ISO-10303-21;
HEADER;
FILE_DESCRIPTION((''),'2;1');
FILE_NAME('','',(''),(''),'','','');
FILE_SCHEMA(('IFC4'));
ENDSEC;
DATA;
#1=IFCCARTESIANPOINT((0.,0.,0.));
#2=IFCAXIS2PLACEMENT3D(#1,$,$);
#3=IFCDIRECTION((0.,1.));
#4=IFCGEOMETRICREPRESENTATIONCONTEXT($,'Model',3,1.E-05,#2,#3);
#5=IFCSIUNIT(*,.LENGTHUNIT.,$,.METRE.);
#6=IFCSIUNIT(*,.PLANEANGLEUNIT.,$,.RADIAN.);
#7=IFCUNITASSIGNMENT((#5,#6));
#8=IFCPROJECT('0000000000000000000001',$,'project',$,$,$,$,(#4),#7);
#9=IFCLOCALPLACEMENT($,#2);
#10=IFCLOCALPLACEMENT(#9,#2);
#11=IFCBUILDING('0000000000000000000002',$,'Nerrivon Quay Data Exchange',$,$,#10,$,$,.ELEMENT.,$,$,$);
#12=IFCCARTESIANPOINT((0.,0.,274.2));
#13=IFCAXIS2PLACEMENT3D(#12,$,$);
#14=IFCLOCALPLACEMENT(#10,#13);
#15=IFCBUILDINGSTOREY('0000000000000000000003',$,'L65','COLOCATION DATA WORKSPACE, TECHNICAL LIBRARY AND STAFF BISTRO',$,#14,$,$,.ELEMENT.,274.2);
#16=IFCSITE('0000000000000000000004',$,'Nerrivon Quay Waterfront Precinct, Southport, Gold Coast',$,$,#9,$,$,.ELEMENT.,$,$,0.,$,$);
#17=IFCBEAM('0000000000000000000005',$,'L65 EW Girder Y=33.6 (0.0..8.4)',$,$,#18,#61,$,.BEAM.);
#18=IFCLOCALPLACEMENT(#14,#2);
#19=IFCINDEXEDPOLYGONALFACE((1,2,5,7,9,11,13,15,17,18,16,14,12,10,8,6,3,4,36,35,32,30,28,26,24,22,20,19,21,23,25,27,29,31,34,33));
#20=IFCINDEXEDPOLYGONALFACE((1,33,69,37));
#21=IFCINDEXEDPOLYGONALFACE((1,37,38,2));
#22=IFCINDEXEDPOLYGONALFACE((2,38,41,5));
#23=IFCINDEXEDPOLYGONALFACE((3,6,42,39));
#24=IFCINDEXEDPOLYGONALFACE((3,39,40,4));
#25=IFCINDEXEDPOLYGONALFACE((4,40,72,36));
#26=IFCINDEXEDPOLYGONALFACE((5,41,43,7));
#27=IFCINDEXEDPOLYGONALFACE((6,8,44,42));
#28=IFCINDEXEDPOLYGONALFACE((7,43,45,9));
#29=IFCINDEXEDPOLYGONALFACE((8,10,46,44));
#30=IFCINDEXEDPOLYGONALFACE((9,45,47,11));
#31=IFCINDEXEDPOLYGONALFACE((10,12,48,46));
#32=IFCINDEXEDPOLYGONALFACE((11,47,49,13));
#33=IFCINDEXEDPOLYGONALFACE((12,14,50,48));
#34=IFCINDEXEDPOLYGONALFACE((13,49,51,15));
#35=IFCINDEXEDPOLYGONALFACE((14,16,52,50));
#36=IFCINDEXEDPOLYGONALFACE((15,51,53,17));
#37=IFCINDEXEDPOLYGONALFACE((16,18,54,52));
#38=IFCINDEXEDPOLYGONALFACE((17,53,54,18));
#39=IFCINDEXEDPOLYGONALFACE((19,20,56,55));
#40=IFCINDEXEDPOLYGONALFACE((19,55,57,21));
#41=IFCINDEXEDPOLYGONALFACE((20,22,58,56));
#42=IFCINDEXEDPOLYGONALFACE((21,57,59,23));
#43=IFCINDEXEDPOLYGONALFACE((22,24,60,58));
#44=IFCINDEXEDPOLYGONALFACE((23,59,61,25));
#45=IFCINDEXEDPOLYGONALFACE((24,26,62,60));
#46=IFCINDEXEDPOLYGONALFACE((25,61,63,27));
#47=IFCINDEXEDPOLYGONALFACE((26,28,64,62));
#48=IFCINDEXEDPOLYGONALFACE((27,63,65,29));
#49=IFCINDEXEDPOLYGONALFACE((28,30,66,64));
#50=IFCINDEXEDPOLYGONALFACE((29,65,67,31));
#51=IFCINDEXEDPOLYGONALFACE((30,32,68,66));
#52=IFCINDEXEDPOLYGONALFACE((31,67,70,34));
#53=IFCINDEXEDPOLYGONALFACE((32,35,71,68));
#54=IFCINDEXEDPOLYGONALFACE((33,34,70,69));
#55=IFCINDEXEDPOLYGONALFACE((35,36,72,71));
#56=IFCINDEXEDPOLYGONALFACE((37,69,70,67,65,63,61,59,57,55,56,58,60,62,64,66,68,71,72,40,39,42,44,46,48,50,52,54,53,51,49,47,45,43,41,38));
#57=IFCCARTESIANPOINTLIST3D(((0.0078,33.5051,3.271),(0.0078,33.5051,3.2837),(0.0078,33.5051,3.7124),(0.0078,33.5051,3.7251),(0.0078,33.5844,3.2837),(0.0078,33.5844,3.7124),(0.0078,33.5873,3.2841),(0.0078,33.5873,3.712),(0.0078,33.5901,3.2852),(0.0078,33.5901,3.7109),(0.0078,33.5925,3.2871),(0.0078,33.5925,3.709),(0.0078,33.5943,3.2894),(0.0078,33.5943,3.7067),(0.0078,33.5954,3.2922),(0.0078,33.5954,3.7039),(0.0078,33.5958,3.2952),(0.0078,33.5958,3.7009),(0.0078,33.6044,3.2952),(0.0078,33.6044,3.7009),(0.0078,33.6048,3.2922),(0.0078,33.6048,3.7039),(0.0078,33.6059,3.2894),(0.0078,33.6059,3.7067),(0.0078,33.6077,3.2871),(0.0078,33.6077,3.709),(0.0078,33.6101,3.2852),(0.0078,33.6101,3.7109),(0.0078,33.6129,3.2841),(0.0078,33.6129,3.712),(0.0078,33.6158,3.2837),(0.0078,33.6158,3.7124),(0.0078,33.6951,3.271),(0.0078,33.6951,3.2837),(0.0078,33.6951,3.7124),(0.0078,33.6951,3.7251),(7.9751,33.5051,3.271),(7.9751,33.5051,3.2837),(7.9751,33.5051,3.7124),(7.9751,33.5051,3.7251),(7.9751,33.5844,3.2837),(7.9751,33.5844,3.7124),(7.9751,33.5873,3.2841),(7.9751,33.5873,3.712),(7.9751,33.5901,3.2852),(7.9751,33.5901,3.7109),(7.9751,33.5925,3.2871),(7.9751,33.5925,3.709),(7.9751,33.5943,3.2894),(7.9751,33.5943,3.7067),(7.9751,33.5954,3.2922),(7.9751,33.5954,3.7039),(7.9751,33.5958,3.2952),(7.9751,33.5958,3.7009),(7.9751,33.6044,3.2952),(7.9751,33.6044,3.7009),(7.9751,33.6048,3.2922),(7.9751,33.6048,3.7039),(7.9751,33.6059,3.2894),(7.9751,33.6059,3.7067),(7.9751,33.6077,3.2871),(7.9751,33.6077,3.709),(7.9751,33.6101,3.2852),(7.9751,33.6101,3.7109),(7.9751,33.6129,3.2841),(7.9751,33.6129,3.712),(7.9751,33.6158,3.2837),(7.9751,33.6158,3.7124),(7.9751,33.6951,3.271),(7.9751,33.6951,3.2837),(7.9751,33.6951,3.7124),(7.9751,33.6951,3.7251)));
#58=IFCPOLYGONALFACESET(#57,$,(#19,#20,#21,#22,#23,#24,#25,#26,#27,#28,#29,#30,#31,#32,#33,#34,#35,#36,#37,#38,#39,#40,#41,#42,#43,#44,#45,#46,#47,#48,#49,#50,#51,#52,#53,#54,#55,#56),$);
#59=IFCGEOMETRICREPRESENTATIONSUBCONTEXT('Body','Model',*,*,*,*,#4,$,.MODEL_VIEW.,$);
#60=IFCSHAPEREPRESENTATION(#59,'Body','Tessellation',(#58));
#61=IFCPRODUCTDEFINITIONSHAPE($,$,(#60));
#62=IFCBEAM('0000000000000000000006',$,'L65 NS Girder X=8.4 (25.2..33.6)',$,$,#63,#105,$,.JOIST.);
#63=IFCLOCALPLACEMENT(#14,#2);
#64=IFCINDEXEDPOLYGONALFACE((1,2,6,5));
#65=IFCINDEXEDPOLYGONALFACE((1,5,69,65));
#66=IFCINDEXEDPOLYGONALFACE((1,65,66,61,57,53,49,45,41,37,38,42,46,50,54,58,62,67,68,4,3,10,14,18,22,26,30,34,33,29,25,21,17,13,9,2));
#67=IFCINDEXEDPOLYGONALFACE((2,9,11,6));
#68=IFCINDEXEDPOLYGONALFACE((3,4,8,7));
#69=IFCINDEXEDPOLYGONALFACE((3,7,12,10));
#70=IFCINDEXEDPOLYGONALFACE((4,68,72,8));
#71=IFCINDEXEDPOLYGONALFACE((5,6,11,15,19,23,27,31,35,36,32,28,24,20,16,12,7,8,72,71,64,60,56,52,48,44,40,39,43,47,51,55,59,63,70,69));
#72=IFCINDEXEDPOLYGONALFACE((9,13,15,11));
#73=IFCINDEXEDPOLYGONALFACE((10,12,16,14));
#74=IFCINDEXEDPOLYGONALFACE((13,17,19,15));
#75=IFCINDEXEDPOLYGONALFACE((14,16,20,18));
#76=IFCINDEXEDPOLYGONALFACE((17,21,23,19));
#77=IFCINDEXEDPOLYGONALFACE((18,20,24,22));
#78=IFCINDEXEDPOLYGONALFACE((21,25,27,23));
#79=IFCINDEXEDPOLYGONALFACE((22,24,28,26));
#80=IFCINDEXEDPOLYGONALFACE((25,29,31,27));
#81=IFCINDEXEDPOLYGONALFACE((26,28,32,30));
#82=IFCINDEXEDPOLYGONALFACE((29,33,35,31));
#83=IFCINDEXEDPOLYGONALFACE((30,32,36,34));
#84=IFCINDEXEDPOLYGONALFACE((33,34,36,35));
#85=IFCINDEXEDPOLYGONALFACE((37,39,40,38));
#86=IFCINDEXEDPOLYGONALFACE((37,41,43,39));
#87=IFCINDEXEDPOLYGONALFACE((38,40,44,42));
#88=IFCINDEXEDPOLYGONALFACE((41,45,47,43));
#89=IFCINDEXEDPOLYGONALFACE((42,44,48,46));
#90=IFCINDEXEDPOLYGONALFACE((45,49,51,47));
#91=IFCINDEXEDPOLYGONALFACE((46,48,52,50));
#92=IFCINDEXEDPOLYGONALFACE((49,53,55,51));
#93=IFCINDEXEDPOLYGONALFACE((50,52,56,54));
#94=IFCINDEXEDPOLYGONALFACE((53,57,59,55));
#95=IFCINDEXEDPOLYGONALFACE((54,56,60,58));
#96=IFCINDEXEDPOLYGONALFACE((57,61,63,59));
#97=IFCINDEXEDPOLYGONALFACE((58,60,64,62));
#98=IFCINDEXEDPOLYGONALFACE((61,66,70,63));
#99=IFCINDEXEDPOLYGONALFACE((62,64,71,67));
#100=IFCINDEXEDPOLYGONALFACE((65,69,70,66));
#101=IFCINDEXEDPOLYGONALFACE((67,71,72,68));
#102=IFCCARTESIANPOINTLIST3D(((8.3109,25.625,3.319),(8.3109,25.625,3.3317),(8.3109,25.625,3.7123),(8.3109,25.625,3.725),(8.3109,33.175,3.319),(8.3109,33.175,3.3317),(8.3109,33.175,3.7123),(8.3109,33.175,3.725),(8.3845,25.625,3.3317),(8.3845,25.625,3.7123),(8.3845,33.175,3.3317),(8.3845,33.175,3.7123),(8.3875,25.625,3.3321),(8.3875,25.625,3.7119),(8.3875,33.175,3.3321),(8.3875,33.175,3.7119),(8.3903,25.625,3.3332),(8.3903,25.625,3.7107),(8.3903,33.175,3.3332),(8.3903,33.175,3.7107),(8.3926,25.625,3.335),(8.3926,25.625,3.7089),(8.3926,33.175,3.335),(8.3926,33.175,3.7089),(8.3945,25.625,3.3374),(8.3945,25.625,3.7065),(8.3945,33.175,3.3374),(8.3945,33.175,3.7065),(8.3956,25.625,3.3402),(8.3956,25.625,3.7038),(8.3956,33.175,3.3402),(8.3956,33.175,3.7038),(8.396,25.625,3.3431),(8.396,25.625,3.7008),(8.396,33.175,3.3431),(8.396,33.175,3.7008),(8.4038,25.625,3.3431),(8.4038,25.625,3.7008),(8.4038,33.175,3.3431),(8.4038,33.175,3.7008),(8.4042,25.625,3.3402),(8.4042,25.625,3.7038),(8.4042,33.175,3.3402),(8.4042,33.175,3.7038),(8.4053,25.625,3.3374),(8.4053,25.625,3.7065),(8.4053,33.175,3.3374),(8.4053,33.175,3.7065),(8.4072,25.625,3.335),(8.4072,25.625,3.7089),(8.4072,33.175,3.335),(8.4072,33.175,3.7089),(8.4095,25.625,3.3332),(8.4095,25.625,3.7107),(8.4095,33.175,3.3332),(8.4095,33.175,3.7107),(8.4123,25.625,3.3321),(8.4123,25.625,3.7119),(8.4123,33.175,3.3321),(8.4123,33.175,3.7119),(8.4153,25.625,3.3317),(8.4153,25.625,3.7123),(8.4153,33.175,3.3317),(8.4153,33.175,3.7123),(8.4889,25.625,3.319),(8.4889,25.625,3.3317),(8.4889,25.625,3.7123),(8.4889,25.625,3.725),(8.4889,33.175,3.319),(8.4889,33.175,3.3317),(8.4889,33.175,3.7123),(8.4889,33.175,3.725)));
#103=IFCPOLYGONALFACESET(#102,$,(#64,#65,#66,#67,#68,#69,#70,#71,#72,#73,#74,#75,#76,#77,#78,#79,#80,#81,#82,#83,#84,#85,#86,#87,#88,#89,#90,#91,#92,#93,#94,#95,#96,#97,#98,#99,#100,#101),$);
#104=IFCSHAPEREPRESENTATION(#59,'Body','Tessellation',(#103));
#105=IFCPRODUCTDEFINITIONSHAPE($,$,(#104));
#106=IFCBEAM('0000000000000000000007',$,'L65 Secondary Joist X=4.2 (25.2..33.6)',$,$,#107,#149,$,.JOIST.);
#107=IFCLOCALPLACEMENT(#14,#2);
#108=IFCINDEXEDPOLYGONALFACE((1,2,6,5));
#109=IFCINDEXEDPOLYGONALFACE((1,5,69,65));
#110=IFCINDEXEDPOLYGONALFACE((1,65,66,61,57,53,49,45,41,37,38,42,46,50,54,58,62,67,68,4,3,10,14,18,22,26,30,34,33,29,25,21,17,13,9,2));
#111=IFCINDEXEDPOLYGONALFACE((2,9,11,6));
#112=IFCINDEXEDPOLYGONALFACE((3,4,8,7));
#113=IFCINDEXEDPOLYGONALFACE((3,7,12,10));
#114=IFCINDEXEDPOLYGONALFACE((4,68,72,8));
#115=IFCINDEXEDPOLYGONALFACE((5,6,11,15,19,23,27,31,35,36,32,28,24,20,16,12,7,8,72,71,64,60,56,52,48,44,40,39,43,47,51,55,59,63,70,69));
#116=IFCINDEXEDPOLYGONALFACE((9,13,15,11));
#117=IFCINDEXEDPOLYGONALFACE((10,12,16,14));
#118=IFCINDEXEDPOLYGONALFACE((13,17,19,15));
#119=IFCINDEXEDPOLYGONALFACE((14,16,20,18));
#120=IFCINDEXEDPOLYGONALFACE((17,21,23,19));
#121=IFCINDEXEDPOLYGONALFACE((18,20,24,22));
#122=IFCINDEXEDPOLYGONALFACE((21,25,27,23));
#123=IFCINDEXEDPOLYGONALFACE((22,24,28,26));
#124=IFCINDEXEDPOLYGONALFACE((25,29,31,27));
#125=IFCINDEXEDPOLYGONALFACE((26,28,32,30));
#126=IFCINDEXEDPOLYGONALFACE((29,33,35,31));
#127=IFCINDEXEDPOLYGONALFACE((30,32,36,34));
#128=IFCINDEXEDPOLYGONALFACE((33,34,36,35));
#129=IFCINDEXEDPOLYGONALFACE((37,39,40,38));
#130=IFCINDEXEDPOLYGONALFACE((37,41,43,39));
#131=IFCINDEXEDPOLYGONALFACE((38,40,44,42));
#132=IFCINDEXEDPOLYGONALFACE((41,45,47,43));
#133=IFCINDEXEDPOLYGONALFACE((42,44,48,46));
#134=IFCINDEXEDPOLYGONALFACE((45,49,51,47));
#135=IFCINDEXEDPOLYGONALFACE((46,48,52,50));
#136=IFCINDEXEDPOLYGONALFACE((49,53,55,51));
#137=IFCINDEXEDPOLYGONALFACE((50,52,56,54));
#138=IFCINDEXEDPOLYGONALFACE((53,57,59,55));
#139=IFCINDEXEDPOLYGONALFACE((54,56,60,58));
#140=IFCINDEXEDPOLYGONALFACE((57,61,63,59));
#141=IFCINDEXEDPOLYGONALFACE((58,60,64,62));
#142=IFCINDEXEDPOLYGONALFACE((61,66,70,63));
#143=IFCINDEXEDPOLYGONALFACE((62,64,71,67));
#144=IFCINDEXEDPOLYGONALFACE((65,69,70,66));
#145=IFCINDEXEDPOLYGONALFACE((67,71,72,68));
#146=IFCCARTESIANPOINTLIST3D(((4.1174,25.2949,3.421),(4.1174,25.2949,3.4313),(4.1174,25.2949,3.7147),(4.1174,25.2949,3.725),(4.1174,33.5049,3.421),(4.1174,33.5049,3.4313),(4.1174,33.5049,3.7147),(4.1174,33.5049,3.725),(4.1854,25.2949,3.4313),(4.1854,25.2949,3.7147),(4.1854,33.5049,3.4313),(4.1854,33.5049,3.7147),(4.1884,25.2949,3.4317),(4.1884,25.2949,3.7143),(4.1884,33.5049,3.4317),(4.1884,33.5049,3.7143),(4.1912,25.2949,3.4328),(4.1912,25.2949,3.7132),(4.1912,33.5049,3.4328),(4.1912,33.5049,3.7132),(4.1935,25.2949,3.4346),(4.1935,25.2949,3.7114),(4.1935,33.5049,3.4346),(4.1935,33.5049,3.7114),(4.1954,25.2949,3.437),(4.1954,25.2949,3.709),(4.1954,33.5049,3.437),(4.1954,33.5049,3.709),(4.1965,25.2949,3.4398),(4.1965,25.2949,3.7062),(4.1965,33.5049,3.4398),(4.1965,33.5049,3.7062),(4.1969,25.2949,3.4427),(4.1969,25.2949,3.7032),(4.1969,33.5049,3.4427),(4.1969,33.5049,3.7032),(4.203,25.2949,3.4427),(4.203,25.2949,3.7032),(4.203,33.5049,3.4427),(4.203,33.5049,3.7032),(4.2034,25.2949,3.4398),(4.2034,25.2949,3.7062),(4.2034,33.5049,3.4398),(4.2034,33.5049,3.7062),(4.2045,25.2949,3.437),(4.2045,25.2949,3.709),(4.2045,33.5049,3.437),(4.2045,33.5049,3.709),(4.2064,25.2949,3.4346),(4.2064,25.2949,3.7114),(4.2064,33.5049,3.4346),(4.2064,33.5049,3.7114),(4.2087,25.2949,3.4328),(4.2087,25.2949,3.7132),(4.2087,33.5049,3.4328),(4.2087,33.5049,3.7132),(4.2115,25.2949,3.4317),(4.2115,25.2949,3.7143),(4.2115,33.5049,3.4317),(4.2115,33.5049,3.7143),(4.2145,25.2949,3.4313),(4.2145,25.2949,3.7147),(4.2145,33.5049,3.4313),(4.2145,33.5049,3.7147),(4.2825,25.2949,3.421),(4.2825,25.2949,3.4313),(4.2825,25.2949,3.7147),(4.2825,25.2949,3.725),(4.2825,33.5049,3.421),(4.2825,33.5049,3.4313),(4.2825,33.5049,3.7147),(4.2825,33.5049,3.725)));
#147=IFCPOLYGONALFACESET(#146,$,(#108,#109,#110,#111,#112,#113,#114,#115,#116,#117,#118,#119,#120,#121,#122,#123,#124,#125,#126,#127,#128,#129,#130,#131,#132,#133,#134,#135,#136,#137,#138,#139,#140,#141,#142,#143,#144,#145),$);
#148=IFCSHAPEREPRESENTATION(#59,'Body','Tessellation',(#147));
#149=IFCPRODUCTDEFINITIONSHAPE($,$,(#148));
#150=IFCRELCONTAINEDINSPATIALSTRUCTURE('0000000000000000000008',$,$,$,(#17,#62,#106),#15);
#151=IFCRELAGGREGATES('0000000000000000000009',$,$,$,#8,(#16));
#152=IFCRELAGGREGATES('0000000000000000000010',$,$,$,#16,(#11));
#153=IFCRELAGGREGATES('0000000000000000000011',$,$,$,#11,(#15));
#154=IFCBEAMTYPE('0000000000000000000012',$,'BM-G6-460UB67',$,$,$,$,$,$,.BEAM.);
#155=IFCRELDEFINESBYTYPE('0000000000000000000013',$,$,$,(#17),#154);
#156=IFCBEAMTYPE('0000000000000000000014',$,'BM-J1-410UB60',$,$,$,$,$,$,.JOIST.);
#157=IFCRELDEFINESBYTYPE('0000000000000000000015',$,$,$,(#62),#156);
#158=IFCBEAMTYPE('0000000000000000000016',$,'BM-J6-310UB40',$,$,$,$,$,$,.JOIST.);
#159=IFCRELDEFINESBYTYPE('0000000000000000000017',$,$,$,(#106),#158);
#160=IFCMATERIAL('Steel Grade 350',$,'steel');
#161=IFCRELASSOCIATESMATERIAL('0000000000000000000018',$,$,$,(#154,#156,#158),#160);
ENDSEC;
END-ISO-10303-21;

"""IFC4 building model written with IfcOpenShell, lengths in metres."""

from ifc_helpers import new_model, si_unit, direction, frame, origin, origin_2d, place, context, subcontext, project, spatial, i_section, extrude, material, material_profile, profile_set, type_object, element, save


model = new_model("IFC4")

# Units and contexts
model_context = context("Model", 3, precision=1e-05, world=origin(), true_north=direction((0.0, 1.0)))
body_context = subcontext(model_context, "Body", "Model", "MODEL_VIEW")
ifc_project = project(units=[si_unit("LENGTHUNIT", "METRE"), si_unit("PLANEANGLEUNIT", "RADIAN")], contexts=[model_context])

# Site, building, storey
site_placement = place(None, origin())
site = spatial("IfcSite", under=ifc_project, at=site_placement, Name="Nerrivon Quay Waterfront Precinct, Southport, Gold Coast", CompositionType="ELEMENT", RefElevation=0.0)
building_placement = place(site_placement, origin())
building = spatial("IfcBuilding", under=site, at=building_placement, Name="Nerrivon Quay Data Exchange", CompositionType="ELEMENT")
storey_placement = place(building_placement, frame((0.0, 0.0, 274.2)))
storey = spatial("IfcBuildingStorey", under=building, at=storey_placement, Name="L65", Description="COLOCATION DATA WORKSPACE, TECHNICAL LIBRARY AND STAFF BISTRO", CompositionType="ELEMENT", Elevation=274.2)

# Shared definitions
ifc_material_1 = material(Name="Steel Grade 350", Category="steel")

# Beams
ifc_material_profile_1 = material_profile(ifc_material_1, i_section(OverallWidth=0.1899, OverallDepth=0.4541, WebThickness=0.0085, FlangeThickness=0.0127, FilletRadius=0.0115, at=origin_2d()), Name="460UB67.1")
ifc_profile_set_1 = profile_set([ifc_material_profile_1], Name="Steel Grade 350")
beam_type_1 = type_object("IfcBeamType", Name="BM-G6-460UB67", PredefinedType="BEAM", material=ifc_profile_set_1)
for number, where, z_axis, x_axis, name in (
    (1, (0.0078, 33.6001, 3.498), (1.0, 0.0, 0.0), (0.0, 1.0, 0.0), "L65 EW Girder Y=33.6 (0.0..8.4)"),
):
    element("IfcBeam", number, at=place(storey_placement, frame(where, z_axis=z_axis, x_axis=x_axis)), inside=storey, type_object=beam_type_1, Name=name, PredefinedType="BEAM", context=body_context, shape_type="SweptSolid", body=[
        extrude(i_section(OverallWidth=0.1899, OverallDepth=0.4541, WebThickness=0.0085, FlangeThickness=0.0127, FilletRadius=0.0115, at=origin_2d()), origin(), (0.0, 0.0, 1.0), 7.9673),
    ])
ifc_material_profile_2 = material_profile(ifc_material_1, i_section(OverallWidth=0.178, OverallDepth=0.406, WebThickness=0.0078, FlangeThickness=0.0127, FilletRadius=0.0115, at=origin_2d()), Name="410UB59.7")
ifc_profile_set_2 = profile_set([ifc_material_profile_2], Name="Steel Grade 350")
beam_type_2 = type_object("IfcBeamType", Name="BM-J1-410UB60", PredefinedType="JOIST", material=ifc_profile_set_2)
beam_1_placement = place(storey_placement, frame((8.3999, 25.625, 3.522), z_axis=(0.0, 1.0, 0.0), x_axis=(-1.0, 0.0, 0.0)))
element("IfcBeam", 2, at=beam_1_placement, inside=storey, type_object=beam_type_2, Name="L65 NS Girder X=8.4 (25.2..33.6)", PredefinedType="JOIST", context=body_context, shape_type="SweptSolid", body=[
    extrude(i_section(OverallWidth=0.178, OverallDepth=0.406, WebThickness=0.0078, FlangeThickness=0.0127, FilletRadius=0.0115, at=origin_2d()), origin(), (0.0, 0.0, 1.0), 7.55),
])
ifc_material_profile_3 = material_profile(ifc_material_1, i_section(OverallWidth=0.165, OverallDepth=0.304, WebThickness=0.0061, FlangeThickness=0.0103, FilletRadius=0.0115, at=origin_2d()), Name="310UB40.4")
ifc_profile_set_3 = profile_set([ifc_material_profile_3], Name="Steel Grade 350")
beam_type_3 = type_object("IfcBeamType", Name="BM-J6-310UB40", PredefinedType="JOIST", material=ifc_profile_set_3)
beam_2_placement = place(storey_placement, frame((4.2, 25.2949, 3.573), z_axis=(0.0, 1.0, 0.0), x_axis=(-1.0, 0.0, 0.0)))
element("IfcBeam", 3, at=beam_2_placement, inside=storey, type_object=beam_type_3, Name="L65 Secondary Joist X=4.2 (25.2..33.6)", PredefinedType="JOIST", context=body_context, shape_type="SweptSolid", body=[
    extrude(i_section(OverallWidth=0.165, OverallDepth=0.304, WebThickness=0.0061, FlangeThickness=0.0103, FilletRadius=0.0115, at=origin_2d()), origin(), (0.0, 0.0, 1.0), 8.21),
])

save(model, "model.ifc")
